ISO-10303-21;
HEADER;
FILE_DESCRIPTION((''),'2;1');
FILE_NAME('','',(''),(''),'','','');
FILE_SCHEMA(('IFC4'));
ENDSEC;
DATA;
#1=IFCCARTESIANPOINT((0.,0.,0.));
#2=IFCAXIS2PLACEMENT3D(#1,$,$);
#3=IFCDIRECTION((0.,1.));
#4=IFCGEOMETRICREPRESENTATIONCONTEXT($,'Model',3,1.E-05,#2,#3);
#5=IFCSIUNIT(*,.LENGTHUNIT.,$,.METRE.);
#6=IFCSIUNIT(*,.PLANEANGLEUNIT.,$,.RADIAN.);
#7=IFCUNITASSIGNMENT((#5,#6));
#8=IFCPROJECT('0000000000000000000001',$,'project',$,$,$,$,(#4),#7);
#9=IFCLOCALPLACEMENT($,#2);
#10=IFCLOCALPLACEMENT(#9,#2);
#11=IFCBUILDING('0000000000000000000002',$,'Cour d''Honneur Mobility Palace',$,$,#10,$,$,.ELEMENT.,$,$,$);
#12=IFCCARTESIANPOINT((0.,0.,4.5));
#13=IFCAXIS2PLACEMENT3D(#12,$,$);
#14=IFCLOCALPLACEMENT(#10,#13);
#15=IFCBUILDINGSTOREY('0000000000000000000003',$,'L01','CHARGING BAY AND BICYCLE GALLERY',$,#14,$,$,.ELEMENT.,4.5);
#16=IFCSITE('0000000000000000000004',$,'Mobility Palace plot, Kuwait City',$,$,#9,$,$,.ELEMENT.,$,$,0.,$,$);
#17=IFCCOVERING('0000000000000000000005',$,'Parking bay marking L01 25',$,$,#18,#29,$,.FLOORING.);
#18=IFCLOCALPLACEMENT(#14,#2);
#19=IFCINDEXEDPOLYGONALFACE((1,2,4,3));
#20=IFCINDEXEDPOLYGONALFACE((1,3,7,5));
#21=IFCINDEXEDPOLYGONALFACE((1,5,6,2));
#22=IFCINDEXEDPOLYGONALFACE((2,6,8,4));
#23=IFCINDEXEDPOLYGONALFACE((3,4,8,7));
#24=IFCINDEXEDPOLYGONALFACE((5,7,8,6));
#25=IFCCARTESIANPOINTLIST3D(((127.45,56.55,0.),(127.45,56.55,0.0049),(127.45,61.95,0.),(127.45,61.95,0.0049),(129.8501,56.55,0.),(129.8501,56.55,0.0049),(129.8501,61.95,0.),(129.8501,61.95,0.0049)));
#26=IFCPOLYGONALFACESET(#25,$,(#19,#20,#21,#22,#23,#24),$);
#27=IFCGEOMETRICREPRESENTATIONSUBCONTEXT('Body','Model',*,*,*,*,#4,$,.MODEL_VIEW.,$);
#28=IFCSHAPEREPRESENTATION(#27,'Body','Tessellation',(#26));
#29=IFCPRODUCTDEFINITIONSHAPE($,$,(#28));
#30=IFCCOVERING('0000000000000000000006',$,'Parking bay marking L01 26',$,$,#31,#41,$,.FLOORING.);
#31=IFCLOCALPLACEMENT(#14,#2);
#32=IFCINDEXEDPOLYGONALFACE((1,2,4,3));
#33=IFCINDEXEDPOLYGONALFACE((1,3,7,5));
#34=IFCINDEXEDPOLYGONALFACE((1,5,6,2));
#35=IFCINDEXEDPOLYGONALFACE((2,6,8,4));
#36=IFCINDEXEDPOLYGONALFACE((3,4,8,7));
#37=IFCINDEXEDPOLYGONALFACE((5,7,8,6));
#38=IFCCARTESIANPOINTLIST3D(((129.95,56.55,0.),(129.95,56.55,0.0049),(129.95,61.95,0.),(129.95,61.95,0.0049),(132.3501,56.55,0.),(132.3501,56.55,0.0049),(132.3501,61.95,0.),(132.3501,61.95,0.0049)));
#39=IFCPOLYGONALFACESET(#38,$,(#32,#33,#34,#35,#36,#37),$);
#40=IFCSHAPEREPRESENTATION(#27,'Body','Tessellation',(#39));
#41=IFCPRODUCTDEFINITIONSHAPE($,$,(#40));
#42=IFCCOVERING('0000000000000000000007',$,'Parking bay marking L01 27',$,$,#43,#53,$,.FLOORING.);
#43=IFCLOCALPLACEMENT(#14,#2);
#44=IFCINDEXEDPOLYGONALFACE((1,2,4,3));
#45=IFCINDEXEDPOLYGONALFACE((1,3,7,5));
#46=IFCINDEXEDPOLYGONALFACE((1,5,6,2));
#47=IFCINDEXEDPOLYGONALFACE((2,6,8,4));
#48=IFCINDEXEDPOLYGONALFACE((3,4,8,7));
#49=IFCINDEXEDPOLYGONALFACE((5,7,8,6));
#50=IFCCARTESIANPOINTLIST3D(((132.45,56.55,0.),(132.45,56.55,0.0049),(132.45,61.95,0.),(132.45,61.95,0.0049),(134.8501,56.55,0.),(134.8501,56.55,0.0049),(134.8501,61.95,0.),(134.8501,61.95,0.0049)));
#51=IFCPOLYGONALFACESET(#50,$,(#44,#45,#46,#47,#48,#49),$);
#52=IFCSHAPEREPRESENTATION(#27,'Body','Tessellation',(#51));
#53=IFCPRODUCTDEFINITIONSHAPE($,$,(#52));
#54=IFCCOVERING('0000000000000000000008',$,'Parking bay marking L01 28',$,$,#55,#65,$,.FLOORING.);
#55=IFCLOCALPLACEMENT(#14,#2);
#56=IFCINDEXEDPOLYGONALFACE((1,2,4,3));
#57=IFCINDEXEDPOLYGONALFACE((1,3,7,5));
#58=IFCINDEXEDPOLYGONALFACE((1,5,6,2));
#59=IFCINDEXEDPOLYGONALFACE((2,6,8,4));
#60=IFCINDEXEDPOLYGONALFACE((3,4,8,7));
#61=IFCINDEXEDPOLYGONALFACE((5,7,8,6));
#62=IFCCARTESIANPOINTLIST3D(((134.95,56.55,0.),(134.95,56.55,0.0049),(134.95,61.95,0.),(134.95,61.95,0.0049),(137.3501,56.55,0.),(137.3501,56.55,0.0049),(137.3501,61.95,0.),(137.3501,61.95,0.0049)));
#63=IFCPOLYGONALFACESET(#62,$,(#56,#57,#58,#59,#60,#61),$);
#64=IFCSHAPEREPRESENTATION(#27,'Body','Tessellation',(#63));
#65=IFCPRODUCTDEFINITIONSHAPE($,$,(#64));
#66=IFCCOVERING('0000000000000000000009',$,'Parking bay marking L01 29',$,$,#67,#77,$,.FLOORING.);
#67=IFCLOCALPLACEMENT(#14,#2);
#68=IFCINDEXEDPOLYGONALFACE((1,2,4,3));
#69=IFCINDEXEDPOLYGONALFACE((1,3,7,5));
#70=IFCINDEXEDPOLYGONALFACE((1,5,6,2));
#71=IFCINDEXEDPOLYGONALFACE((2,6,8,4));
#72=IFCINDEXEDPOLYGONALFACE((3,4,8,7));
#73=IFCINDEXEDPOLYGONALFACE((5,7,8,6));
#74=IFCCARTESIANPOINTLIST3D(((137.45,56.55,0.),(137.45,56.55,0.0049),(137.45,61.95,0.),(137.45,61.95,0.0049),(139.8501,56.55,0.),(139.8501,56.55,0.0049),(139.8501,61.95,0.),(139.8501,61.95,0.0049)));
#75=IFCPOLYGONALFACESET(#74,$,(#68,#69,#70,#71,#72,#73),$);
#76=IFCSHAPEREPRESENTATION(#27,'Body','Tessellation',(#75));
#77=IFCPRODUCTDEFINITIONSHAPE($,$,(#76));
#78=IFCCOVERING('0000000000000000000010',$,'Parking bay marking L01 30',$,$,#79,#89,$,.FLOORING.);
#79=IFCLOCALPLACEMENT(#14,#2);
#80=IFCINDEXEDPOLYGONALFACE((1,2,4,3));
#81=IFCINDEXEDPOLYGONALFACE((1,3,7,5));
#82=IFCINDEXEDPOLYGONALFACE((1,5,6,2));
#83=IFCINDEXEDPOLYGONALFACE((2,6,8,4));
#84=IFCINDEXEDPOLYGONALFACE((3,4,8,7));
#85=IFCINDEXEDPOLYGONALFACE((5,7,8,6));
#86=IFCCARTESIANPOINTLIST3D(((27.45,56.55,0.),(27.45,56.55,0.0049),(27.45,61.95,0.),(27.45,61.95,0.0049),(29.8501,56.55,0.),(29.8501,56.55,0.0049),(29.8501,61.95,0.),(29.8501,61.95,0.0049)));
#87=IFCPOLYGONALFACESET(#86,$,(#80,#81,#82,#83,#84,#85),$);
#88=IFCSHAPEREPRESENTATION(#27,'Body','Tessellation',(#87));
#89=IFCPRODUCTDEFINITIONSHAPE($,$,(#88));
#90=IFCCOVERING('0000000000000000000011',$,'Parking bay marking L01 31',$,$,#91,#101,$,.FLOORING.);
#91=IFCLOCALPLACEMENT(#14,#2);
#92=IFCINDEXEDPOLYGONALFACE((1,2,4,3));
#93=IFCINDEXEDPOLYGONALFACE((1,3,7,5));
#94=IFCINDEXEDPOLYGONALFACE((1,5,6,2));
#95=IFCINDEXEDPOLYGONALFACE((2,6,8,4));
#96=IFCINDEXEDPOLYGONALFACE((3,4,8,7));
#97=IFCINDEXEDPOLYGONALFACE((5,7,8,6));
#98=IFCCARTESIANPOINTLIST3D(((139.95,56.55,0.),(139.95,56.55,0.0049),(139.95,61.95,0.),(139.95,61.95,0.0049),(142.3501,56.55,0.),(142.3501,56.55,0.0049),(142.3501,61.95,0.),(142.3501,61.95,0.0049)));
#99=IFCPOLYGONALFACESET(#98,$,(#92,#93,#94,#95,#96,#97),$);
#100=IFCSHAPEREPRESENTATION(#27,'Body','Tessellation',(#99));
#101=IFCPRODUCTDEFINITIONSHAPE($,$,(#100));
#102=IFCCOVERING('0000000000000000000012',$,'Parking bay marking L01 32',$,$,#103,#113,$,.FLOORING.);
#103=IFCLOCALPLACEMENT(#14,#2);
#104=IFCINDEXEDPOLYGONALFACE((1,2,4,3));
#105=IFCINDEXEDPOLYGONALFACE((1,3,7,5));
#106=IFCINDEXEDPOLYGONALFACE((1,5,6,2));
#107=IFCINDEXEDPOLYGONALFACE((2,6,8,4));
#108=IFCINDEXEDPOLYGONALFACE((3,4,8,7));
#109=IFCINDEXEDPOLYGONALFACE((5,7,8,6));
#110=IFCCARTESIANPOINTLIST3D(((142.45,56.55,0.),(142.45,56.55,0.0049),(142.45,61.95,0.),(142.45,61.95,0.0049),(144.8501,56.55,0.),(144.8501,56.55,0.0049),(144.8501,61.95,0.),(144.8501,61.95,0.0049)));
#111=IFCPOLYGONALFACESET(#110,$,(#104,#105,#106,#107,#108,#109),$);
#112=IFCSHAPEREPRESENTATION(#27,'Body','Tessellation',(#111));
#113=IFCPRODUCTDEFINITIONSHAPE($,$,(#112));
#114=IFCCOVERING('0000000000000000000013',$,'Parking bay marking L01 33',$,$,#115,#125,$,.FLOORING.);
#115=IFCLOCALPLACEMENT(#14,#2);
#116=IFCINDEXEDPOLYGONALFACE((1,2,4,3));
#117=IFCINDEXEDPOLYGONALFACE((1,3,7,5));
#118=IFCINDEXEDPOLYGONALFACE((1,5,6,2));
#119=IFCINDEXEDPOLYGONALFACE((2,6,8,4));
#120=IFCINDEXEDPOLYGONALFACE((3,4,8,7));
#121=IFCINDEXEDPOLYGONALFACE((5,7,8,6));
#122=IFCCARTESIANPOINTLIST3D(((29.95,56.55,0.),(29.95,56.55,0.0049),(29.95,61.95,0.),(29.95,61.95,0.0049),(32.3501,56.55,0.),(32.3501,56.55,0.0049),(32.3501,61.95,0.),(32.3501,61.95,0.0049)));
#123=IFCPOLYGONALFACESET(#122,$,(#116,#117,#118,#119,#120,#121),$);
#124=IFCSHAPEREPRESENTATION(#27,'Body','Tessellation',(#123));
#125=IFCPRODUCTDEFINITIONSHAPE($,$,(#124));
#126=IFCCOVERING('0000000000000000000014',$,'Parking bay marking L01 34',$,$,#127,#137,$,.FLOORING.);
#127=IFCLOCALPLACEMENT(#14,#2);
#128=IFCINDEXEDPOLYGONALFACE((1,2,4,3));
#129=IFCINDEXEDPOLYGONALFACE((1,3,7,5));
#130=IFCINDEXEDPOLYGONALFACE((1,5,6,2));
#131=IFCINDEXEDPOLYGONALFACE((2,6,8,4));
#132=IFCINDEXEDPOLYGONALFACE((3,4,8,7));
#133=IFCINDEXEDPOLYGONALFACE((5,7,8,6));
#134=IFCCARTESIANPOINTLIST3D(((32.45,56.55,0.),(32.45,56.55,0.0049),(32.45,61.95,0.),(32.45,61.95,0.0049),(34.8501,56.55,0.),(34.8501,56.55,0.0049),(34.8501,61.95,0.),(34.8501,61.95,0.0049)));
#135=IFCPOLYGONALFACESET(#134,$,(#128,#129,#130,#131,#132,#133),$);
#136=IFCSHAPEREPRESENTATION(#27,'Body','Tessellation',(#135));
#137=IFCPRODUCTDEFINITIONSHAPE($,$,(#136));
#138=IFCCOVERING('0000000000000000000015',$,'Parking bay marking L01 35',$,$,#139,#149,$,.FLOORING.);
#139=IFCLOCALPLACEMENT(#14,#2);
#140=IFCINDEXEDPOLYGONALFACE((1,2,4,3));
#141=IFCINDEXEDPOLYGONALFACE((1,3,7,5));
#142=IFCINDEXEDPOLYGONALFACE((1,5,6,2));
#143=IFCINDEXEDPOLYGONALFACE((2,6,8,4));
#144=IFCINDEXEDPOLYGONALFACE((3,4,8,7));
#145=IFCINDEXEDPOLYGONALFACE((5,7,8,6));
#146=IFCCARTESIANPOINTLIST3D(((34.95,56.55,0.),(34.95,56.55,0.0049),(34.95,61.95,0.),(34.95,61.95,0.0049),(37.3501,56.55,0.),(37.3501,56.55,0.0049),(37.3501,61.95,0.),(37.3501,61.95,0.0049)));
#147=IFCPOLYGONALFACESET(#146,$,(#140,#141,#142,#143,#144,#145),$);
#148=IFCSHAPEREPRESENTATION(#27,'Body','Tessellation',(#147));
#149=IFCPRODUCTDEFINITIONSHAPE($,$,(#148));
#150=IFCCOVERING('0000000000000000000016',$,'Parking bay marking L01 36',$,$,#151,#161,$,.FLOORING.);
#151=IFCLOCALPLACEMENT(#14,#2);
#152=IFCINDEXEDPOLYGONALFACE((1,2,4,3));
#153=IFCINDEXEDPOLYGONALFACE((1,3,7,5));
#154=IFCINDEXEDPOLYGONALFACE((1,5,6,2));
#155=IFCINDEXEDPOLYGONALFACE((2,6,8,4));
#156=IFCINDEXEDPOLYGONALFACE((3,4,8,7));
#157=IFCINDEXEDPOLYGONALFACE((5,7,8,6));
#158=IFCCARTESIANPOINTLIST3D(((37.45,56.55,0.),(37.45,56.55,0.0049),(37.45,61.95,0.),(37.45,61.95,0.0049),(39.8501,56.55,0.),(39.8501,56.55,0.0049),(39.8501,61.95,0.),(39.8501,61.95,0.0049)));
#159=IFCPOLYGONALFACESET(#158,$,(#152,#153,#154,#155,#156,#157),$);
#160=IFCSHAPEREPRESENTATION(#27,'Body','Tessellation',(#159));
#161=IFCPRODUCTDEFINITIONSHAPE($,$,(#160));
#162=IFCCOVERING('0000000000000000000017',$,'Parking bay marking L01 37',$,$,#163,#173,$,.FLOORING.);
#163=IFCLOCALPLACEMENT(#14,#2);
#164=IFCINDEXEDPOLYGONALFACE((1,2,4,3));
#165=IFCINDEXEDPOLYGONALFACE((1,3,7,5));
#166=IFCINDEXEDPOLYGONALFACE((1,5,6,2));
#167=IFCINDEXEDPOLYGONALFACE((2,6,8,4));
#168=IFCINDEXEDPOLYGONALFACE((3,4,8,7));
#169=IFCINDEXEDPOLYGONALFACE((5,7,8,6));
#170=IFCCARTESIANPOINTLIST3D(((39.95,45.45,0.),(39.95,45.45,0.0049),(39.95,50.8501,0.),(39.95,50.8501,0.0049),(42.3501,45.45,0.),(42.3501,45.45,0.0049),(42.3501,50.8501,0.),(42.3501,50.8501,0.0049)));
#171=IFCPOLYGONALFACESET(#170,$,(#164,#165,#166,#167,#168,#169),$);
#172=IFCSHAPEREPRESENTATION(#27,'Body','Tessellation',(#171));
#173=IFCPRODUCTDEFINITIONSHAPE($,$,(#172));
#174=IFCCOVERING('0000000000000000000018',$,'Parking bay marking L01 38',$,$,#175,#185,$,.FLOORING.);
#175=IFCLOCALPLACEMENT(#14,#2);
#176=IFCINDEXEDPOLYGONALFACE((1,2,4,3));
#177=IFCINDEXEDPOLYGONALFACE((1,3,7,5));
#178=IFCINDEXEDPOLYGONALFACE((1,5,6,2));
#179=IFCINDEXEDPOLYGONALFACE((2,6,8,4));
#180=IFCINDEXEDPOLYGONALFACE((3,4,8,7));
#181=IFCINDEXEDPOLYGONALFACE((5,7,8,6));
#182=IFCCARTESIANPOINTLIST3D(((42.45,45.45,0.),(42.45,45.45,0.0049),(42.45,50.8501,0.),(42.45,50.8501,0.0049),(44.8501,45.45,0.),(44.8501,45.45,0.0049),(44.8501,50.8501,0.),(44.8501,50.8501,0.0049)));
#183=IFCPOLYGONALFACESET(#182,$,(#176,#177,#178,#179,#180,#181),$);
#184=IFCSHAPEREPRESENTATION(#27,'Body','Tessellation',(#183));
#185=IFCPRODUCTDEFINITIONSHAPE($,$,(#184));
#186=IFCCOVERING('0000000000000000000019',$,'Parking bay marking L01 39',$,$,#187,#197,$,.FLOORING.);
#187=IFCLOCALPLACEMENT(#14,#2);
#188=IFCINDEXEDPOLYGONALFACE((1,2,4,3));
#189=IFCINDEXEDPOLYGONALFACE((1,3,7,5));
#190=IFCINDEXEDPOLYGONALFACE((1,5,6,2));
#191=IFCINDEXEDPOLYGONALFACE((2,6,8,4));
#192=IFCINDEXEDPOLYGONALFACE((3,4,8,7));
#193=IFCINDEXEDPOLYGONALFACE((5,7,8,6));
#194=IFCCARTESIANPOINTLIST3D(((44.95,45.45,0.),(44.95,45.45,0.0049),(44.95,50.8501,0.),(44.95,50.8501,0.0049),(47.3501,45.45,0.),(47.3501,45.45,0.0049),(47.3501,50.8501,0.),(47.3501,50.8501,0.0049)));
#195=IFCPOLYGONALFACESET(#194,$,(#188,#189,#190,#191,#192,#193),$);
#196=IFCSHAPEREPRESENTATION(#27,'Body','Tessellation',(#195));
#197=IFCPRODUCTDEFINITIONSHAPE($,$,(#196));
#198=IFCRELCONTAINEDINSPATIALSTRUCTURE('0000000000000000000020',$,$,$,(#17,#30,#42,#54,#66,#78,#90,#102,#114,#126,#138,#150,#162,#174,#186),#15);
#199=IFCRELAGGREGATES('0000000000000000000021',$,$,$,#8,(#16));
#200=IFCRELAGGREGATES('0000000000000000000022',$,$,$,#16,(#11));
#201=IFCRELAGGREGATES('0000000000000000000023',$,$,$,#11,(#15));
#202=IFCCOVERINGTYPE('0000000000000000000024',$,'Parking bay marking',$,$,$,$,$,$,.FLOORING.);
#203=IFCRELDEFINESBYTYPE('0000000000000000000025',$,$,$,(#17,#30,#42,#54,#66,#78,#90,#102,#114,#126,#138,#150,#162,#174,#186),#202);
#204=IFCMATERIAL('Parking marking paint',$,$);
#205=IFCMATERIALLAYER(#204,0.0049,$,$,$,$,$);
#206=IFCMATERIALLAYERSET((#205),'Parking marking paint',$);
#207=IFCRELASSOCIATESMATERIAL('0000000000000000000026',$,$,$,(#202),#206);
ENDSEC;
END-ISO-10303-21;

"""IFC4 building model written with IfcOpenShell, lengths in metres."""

from ifc_helpers import new_model, si_unit, direction, frame, origin, place, context, subcontext, project, spatial, polyline, outline, extrude, material, layer, layer_set, type_object, element, save


model = new_model("IFC4")

# Units and contexts
model_context = context("Model", 3, precision=1e-05, world=origin(), true_north=direction((0.0, 1.0)))
body_context = subcontext(model_context, "Body", "Model", "MODEL_VIEW")
ifc_project = project(units=[si_unit("LENGTHUNIT", "METRE"), si_unit("PLANEANGLEUNIT", "RADIAN")], contexts=[model_context])

# Site, building, storey
site_placement = place(None, origin())
site = spatial("IfcSite", under=ifc_project, at=site_placement, Name="Mobility Palace plot, Kuwait City", CompositionType="ELEMENT", RefElevation=0.0)
building_placement = place(site_placement, origin())
building = spatial("IfcBuilding", under=site, at=building_placement, Name="Cour d'Honneur Mobility Palace", CompositionType="ELEMENT")
storey_placement = place(building_placement, frame((0.0, 0.0, 4.5)))
storey = spatial("IfcBuildingStorey", under=building, at=storey_placement, Name="L01", Description="CHARGING BAY AND BICYCLE GALLERY", CompositionType="ELEMENT", Elevation=4.5)

# Coverings
ifc_material = material(Name="Parking marking paint")
ifc_layer = layer(ifc_material, 0.0049)
ifc_layer_set = layer_set([ifc_layer], Name="Parking marking paint")
covering_type = type_object("IfcCoveringType", Name="Parking bay marking", PredefinedType="FLOORING", material=ifc_layer_set)
covering_1_placement = place(storey_placement, origin())
element("IfcCovering", 1, at=covering_1_placement, inside=storey, type_object=covering_type, Name="Parking bay marking L01 25", PredefinedType="FLOORING", context=body_context, shape_type="SweptSolid", body=[
    extrude(outline(polyline([(129.8501, 56.55), (127.45, 56.55), (127.45, 61.95), (129.8501, 61.95), (129.8501, 56.55)])), origin(), (0.0, 0.0, 1.0), 0.0049),
])
covering_2_placement = place(storey_placement, origin())
element("IfcCovering", 2, at=covering_2_placement, inside=storey, type_object=covering_type, Name="Parking bay marking L01 26", PredefinedType="FLOORING", context=body_context, shape_type="SweptSolid", body=[
    extrude(outline(polyline([(132.3501, 56.55), (129.95, 56.55), (129.95, 61.95), (132.3501, 61.95), (132.3501, 56.55)])), origin(), (0.0, 0.0, 1.0), 0.0049),
])
covering_3_placement = place(storey_placement, origin())
element("IfcCovering", 3, at=covering_3_placement, inside=storey, type_object=covering_type, Name="Parking bay marking L01 27", PredefinedType="FLOORING", context=body_context, shape_type="SweptSolid", body=[
    extrude(outline(polyline([(134.8501, 56.55), (132.45, 56.55), (132.45, 61.95), (134.8501, 61.95), (134.8501, 56.55)])), origin(), (0.0, 0.0, 1.0), 0.0049),
])
covering_4_placement = place(storey_placement, origin())
element("IfcCovering", 4, at=covering_4_placement, inside=storey, type_object=covering_type, Name="Parking bay marking L01 28", PredefinedType="FLOORING", context=body_context, shape_type="SweptSolid", body=[
    extrude(outline(polyline([(137.3501, 56.55), (134.95, 56.55), (134.95, 61.95), (137.3501, 61.95), (137.3501, 56.55)])), origin(), (0.0, 0.0, 1.0), 0.0049),
])
covering_5_placement = place(storey_placement, origin())
element("IfcCovering", 5, at=covering_5_placement, inside=storey, type_object=covering_type, Name="Parking bay marking L01 29", PredefinedType="FLOORING", context=body_context, shape_type="SweptSolid", body=[
    extrude(outline(polyline([(139.8501, 56.55), (137.45, 56.55), (137.45, 61.95), (139.8501, 61.95), (139.8501, 56.55)])), origin(), (0.0, 0.0, 1.0), 0.0049),
])
covering_6_placement = place(storey_placement, origin())
element("IfcCovering", 6, at=covering_6_placement, inside=storey, type_object=covering_type, Name="Parking bay marking L01 30", PredefinedType="FLOORING", context=body_context, shape_type="SweptSolid", body=[
    extrude(outline(polyline([(29.8501, 56.55), (27.45, 56.55), (27.45, 61.95), (29.8501, 61.95), (29.8501, 56.55)])), origin(), (0.0, 0.0, 1.0), 0.0049),
])
covering_7_placement = place(storey_placement, origin())
element("IfcCovering", 7, at=covering_7_placement, inside=storey, type_object=covering_type, Name="Parking bay marking L01 31", PredefinedType="FLOORING", context=body_context, shape_type="SweptSolid", body=[
    extrude(outline(polyline([(142.3501, 56.55), (139.95, 56.55), (139.95, 61.95), (142.3501, 61.95), (142.3501, 56.55)])), origin(), (0.0, 0.0, 1.0), 0.0049),
])
covering_8_placement = place(storey_placement, origin())
element("IfcCovering", 8, at=covering_8_placement, inside=storey, type_object=covering_type, Name="Parking bay marking L01 32", PredefinedType="FLOORING", context=body_context, shape_type="SweptSolid", body=[
    extrude(outline(polyline([(144.8501, 56.55), (142.45, 56.55), (142.45, 61.95), (144.8501, 61.95), (144.8501, 56.55)])), origin(), (0.0, 0.0, 1.0), 0.0049),
])
covering_9_placement = place(storey_placement, origin())
element("IfcCovering", 9, at=covering_9_placement, inside=storey, type_object=covering_type, Name="Parking bay marking L01 33", PredefinedType="FLOORING", context=body_context, shape_type="SweptSolid", body=[
    extrude(outline(polyline([(32.3501, 56.55), (29.95, 56.55), (29.95, 61.95), (32.3501, 61.95), (32.3501, 56.55)])), origin(), (0.0, 0.0, 1.0), 0.0049),
])
covering_10_placement = place(storey_placement, origin())
element("IfcCovering", 10, at=covering_10_placement, inside=storey, type_object=covering_type, Name="Parking bay marking L01 34", PredefinedType="FLOORING", context=body_context, shape_type="SweptSolid", body=[
    extrude(outline(polyline([(34.8501, 56.55), (32.45, 56.55), (32.45, 61.95), (34.8501, 61.95), (34.8501, 56.55)])), origin(), (0.0, 0.0, 1.0), 0.0049),
])
covering_11_placement = place(storey_placement, origin())
element("IfcCovering", 11, at=covering_11_placement, inside=storey, type_object=covering_type, Name="Parking bay marking L01 35", PredefinedType="FLOORING", context=body_context, shape_type="SweptSolid", body=[
    extrude(outline(polyline([(37.3501, 56.55), (34.95, 56.55), (34.95, 61.95), (37.3501, 61.95), (37.3501, 56.55)])), origin(), (0.0, 0.0, 1.0), 0.0049),
])
covering_12_placement = place(storey_placement, origin())
element("IfcCovering", 12, at=covering_12_placement, inside=storey, type_object=covering_type, Name="Parking bay marking L01 36", PredefinedType="FLOORING", context=body_context, shape_type="SweptSolid", body=[
    extrude(outline(polyline([(39.8501, 56.55), (37.45, 56.55), (37.45, 61.95), (39.8501, 61.95), (39.8501, 56.55)])), origin(), (0.0, 0.0, 1.0), 0.0049),
])
covering_13_placement = place(storey_placement, origin())
element("IfcCovering", 13, at=covering_13_placement, inside=storey, type_object=covering_type, Name="Parking bay marking L01 37", PredefinedType="FLOORING", context=body_context, shape_type="SweptSolid", body=[
    extrude(outline(polyline([(42.3501, 45.45), (39.95, 45.45), (39.95, 50.8501), (42.3501, 50.8501), (42.3501, 45.45)])), origin(), (0.0, 0.0, 1.0), 0.0049),
])
covering_14_placement = place(storey_placement, origin())
element("IfcCovering", 14, at=covering_14_placement, inside=storey, type_object=covering_type, Name="Parking bay marking L01 38", PredefinedType="FLOORING", context=body_context, shape_type="SweptSolid", body=[
    extrude(outline(polyline([(44.8501, 45.45), (42.45, 45.45), (42.45, 50.8501), (44.8501, 50.8501), (44.8501, 45.45)])), origin(), (0.0, 0.0, 1.0), 0.0049),
])
covering_15_placement = place(storey_placement, origin())
element("IfcCovering", 15, at=covering_15_placement, inside=storey, type_object=covering_type, Name="Parking bay marking L01 39", PredefinedType="FLOORING", context=body_context, shape_type="SweptSolid", body=[
    extrude(outline(polyline([(47.3501, 45.45), (44.95, 45.45), (44.95, 50.8501), (47.3501, 50.8501), (47.3501, 45.45)])), origin(), (0.0, 0.0, 1.0), 0.0049),
])

save(model, "model.ifc")
